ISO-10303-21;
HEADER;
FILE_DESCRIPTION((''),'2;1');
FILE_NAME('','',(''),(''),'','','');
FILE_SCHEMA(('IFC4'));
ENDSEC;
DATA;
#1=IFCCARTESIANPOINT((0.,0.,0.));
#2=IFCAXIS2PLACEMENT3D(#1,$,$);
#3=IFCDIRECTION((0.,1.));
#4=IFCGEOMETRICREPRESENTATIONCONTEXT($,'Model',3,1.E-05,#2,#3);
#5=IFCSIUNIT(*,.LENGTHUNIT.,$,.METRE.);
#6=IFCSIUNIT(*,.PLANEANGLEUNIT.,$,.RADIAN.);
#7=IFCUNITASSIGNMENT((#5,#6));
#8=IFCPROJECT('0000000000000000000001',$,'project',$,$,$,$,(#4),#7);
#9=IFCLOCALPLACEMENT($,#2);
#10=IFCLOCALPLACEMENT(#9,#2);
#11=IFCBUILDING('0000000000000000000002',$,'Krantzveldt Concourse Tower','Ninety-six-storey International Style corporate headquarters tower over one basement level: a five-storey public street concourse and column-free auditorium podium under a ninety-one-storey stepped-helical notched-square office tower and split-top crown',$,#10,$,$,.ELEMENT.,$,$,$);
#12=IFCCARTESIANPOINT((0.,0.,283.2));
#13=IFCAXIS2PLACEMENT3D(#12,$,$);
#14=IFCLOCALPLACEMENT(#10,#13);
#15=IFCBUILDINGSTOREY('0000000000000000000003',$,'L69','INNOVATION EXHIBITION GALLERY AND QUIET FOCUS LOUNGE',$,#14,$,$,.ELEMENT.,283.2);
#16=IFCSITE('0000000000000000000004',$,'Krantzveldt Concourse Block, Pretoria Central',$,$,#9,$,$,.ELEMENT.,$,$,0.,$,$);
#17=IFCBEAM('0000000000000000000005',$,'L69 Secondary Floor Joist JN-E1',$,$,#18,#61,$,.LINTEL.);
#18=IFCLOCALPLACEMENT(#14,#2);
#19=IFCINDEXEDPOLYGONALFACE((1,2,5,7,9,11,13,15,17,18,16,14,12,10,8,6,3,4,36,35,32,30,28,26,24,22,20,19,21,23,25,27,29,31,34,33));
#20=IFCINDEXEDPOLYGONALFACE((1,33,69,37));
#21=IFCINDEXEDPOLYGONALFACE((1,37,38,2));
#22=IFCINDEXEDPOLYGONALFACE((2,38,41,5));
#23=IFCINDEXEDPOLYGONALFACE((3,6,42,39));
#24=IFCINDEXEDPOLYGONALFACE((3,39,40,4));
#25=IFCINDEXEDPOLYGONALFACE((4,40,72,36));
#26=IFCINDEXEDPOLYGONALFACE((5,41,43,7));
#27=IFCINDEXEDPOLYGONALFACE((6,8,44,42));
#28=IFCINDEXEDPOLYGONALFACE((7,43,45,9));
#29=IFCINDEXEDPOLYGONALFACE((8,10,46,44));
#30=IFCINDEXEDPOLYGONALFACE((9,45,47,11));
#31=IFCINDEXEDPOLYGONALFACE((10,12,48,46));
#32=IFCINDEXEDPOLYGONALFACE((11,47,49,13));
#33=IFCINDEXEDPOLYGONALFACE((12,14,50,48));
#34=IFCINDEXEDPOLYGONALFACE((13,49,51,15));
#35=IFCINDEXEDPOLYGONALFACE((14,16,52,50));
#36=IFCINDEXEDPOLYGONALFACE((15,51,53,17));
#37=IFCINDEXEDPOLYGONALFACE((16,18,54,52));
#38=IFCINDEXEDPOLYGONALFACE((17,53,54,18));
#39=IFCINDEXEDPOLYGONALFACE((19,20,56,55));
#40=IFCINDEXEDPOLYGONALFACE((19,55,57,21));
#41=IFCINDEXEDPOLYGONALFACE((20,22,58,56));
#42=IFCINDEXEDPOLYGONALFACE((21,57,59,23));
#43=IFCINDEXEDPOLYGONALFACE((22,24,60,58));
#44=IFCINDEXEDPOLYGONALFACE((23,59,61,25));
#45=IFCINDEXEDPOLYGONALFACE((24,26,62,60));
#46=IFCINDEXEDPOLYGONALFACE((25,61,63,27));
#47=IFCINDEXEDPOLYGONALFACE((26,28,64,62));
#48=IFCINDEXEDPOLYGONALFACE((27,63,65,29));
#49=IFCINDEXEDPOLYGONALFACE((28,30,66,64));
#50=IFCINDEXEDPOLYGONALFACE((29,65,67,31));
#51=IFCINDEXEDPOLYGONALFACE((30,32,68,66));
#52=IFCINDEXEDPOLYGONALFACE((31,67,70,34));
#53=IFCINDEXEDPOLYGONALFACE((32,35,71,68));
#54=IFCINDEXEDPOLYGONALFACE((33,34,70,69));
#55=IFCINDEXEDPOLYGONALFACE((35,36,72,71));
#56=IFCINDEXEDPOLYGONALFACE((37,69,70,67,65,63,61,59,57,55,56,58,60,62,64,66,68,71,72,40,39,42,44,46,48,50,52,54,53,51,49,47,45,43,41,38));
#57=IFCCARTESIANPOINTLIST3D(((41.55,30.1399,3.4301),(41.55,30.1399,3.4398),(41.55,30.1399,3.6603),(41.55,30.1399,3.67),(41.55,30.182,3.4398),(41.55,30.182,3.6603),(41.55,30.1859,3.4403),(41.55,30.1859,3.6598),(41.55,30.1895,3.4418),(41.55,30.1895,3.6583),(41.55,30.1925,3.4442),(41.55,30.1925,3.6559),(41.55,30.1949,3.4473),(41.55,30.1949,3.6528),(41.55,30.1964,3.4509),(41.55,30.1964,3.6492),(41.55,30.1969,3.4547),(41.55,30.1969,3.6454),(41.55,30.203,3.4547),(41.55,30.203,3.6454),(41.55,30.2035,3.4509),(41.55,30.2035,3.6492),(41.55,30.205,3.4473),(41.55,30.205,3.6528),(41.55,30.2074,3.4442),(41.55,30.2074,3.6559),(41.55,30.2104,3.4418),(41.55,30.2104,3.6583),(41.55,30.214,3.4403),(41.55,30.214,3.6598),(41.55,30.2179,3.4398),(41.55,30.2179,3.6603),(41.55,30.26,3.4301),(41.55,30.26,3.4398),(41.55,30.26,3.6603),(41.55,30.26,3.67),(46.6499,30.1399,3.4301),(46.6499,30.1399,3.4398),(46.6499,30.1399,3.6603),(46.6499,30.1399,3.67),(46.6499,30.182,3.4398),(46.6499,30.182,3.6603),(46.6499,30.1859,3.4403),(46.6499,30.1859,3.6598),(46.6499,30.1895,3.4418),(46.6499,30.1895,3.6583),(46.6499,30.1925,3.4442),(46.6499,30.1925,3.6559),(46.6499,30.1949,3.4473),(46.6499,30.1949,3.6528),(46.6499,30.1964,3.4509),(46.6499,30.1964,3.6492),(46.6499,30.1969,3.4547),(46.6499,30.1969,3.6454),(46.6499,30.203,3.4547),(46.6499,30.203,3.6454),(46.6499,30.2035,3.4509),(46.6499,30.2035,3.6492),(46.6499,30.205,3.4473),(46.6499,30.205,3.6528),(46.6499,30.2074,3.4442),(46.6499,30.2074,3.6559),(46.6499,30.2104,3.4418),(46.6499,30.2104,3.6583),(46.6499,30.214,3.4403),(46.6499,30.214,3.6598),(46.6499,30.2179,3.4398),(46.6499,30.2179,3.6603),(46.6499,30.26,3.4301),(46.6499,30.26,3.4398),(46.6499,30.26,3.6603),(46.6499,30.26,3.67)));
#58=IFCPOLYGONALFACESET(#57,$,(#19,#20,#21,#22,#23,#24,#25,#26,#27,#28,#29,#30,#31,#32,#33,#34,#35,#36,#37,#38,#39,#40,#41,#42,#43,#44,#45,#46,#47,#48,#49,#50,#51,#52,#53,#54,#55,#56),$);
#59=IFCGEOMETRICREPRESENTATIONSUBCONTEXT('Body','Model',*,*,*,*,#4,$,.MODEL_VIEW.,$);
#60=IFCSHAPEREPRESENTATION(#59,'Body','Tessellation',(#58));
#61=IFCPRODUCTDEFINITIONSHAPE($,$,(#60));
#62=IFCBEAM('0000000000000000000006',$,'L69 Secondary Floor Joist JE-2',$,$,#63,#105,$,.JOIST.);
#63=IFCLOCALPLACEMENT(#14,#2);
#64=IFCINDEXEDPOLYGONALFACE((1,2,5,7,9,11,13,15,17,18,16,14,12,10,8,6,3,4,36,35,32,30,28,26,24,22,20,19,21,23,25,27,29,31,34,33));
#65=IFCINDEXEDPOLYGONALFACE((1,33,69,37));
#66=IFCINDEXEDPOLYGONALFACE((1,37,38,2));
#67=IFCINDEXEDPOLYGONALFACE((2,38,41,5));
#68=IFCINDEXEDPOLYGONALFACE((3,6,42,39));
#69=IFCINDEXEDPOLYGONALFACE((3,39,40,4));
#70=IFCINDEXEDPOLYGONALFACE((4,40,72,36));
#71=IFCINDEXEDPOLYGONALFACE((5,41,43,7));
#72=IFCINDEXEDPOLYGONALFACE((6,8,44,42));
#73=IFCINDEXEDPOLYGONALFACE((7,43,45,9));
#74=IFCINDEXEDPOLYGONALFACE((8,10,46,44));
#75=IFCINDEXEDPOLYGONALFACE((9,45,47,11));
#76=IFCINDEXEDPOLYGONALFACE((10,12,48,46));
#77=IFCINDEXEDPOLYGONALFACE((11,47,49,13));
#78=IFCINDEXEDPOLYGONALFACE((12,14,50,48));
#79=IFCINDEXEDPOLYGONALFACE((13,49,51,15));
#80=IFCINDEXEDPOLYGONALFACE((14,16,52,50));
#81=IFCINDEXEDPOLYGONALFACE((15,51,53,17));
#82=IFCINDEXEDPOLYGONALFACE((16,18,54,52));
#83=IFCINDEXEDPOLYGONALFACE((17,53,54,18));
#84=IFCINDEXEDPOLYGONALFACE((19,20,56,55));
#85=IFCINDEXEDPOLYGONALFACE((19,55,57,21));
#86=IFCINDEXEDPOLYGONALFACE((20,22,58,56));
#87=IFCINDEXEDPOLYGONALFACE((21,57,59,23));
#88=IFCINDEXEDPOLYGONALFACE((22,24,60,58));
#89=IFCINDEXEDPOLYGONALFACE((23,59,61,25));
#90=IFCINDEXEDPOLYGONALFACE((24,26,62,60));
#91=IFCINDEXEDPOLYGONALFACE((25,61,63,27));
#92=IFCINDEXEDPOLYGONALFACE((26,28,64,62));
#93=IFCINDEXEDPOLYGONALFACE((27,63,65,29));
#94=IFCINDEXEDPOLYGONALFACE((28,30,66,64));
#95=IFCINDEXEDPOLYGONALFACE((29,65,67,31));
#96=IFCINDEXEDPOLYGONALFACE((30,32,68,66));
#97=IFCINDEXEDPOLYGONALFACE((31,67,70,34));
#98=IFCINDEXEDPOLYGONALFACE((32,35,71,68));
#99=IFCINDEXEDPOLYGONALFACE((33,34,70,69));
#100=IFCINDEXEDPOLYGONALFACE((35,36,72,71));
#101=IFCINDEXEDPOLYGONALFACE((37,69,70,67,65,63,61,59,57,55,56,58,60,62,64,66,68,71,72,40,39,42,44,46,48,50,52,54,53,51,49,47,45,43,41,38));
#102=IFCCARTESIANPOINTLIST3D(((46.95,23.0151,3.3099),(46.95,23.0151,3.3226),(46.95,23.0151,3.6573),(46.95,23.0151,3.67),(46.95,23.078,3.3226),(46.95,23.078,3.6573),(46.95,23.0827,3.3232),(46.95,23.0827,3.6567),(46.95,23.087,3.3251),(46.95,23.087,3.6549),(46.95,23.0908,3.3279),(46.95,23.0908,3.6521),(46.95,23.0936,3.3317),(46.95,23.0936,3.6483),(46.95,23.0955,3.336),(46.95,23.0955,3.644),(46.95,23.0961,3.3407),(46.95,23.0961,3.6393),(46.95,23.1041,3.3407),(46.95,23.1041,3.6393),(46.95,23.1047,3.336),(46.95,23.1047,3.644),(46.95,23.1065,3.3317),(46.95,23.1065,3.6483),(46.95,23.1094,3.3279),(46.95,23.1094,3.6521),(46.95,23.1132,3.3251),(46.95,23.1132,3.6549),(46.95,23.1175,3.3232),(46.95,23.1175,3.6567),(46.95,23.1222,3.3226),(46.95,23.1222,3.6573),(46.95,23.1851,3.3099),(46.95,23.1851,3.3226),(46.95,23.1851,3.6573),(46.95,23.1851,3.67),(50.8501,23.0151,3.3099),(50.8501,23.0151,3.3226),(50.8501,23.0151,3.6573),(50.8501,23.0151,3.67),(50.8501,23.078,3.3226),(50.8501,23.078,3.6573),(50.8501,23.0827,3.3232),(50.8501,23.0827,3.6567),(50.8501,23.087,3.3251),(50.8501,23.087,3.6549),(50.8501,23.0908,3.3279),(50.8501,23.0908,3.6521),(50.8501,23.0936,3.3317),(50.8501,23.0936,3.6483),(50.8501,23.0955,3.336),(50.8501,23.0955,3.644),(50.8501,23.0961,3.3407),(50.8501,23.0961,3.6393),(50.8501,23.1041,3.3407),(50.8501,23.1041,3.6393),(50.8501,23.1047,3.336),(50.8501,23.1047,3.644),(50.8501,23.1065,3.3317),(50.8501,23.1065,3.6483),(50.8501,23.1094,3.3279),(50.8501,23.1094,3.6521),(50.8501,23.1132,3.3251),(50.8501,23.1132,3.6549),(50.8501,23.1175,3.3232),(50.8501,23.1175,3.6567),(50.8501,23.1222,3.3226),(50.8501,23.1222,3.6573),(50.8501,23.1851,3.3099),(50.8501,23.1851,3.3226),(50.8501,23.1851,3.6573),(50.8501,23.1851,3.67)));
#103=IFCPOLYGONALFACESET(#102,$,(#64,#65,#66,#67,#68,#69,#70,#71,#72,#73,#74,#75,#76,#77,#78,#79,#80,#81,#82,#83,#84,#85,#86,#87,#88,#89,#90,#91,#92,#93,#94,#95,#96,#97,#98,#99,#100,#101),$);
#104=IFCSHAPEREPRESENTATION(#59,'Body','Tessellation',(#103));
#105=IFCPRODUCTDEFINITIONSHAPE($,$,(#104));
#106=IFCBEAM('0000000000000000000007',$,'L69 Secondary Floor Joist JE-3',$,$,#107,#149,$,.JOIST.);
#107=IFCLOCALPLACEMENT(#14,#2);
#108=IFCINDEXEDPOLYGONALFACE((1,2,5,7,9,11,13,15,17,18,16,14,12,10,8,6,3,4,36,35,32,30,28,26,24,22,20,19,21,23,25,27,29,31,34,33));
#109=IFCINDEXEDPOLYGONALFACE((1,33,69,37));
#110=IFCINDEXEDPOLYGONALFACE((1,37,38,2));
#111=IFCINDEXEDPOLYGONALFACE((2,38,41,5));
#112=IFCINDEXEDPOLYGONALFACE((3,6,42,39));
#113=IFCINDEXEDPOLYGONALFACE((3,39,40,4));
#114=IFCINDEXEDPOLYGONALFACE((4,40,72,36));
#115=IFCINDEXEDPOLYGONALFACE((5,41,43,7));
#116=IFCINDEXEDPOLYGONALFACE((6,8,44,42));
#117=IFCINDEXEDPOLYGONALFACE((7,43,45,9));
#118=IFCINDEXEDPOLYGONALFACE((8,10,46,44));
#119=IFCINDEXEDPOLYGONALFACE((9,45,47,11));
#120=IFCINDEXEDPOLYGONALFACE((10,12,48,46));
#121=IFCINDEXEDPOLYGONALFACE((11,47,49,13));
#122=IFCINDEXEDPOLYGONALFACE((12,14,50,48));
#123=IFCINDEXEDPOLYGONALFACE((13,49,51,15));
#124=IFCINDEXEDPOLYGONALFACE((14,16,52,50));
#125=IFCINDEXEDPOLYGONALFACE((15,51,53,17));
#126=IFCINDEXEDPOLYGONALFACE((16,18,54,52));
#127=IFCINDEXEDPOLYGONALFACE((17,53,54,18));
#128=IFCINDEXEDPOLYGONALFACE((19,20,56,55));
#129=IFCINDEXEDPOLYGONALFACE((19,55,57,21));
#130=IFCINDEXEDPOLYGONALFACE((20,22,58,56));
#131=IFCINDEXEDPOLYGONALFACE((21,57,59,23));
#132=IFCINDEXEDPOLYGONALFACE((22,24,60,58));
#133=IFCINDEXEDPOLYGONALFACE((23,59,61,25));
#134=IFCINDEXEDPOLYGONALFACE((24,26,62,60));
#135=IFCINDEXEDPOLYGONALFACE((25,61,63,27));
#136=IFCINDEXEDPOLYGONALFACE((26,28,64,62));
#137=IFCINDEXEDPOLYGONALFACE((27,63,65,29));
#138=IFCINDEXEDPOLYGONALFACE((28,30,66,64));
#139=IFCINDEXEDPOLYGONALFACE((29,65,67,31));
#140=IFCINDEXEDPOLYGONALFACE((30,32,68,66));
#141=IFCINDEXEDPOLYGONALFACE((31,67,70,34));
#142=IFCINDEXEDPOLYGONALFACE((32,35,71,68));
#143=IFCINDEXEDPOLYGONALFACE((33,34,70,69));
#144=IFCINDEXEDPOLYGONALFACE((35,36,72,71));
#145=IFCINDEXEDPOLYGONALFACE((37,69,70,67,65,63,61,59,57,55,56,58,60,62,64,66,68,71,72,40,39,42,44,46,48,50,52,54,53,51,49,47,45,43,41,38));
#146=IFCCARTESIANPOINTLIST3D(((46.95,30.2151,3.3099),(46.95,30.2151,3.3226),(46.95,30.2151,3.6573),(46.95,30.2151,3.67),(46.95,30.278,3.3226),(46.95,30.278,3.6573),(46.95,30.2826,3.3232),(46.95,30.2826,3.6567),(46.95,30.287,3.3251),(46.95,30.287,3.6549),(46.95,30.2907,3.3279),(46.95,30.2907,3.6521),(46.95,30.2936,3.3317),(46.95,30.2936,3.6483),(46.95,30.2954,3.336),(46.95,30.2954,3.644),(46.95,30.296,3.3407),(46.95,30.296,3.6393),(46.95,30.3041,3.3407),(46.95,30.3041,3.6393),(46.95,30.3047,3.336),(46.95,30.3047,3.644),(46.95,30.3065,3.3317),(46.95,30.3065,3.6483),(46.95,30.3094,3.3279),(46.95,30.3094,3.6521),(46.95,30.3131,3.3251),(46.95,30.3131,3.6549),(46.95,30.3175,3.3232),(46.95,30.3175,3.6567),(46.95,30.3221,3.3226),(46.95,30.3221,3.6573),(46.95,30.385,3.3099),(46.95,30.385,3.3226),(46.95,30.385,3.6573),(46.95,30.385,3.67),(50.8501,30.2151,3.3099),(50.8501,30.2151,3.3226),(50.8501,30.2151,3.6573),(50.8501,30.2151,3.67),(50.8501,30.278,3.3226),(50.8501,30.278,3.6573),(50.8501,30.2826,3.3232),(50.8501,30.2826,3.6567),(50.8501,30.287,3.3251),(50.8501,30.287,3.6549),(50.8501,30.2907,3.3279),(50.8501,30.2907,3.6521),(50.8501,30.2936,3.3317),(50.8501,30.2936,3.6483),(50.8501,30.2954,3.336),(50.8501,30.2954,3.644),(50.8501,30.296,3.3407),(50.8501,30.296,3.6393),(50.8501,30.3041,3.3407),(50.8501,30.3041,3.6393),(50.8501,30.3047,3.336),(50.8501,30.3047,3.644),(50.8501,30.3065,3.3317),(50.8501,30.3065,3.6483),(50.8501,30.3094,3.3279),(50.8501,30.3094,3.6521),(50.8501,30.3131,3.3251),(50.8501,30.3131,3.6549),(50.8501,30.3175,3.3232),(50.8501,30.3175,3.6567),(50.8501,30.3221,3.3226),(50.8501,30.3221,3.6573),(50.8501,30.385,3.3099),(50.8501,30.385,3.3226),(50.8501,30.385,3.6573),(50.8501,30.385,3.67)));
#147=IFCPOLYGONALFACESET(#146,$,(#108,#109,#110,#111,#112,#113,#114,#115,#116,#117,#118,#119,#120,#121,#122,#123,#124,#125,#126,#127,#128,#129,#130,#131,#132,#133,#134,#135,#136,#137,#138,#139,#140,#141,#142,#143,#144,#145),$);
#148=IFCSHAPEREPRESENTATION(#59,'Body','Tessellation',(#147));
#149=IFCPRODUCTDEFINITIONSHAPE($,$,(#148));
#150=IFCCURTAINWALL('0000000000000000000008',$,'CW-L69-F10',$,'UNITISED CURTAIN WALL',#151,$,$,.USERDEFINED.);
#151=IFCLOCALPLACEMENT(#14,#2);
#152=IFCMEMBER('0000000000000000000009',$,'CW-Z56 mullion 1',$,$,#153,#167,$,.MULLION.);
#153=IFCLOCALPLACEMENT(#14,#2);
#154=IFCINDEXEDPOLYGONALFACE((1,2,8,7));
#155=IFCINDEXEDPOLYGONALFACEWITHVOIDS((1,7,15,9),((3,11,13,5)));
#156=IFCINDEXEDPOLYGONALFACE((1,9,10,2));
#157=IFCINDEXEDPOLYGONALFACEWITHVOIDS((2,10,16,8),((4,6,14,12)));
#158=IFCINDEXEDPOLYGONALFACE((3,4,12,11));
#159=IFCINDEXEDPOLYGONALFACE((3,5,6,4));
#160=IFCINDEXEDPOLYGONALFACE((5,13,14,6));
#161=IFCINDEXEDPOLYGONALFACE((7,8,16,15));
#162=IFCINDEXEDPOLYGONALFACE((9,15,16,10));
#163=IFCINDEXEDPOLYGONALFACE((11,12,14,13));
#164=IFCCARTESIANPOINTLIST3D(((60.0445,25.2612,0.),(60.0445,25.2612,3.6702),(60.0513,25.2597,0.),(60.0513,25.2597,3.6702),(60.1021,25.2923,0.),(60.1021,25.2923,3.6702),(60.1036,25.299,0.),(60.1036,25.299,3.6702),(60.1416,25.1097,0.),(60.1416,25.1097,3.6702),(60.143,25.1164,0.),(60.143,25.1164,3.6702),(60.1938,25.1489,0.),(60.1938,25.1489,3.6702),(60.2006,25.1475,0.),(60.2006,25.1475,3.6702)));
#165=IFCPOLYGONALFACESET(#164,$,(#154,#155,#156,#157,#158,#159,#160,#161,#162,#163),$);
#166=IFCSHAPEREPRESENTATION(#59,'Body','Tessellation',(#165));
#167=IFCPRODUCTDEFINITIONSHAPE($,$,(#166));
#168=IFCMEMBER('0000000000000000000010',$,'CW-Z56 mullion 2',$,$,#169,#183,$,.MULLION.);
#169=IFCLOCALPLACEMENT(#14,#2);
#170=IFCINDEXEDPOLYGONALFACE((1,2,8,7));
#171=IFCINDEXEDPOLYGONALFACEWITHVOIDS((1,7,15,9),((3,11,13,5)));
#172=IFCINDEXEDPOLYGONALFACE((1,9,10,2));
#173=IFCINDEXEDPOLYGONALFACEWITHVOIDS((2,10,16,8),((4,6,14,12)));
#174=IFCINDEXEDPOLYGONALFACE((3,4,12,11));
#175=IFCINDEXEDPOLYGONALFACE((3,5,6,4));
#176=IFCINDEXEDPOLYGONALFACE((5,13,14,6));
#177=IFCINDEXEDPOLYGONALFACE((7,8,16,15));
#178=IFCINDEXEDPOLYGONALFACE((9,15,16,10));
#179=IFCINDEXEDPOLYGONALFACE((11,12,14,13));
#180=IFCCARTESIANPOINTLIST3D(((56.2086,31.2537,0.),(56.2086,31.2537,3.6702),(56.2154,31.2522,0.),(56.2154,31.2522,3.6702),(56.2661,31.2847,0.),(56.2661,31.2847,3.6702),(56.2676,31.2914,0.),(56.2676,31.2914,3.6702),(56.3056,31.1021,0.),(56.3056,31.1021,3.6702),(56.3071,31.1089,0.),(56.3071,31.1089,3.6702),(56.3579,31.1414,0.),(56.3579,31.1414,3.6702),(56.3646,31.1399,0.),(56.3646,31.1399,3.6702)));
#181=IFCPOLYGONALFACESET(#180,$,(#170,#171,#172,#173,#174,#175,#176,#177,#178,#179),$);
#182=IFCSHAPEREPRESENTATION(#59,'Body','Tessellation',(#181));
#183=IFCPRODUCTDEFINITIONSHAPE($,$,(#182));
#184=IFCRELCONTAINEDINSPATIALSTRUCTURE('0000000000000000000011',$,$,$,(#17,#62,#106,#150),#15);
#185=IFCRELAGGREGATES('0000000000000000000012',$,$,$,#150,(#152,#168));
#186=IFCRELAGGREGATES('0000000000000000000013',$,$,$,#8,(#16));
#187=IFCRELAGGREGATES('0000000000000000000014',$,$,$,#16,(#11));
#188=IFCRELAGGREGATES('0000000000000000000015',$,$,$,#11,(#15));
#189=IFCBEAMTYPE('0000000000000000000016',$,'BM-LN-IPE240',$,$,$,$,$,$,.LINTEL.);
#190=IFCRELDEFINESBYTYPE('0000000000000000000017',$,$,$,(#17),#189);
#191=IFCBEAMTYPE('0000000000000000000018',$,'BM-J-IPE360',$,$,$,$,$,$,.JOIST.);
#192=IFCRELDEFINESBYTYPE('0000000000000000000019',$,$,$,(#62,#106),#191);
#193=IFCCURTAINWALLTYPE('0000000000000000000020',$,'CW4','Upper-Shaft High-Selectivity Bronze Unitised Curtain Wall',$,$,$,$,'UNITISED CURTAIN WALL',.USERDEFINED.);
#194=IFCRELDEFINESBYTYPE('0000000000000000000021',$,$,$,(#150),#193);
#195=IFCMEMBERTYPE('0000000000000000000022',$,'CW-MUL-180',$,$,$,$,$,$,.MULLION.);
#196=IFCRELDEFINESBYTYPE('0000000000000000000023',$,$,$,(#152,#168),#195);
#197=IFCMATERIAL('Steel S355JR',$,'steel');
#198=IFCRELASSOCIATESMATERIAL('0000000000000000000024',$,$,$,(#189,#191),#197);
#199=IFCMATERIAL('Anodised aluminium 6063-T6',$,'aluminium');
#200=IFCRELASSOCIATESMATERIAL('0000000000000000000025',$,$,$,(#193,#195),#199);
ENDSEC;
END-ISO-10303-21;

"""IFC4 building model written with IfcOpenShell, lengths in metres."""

from ifc_helpers import new_model, si_unit, direction, frame, origin, origin_2d, place, context, subcontext, project, spatial, hollow_rectangle, i_section, extrude, source, transform, mapped, material, material_profile, profile_set, type_object, type_shapes, element, aggregate, save


model = new_model("IFC4")

# Units and contexts
model_context = context("Model", 3, precision=1e-05, world=origin(), true_north=direction((0.0, 1.0)))
body_context = subcontext(model_context, "Body", "Model", "MODEL_VIEW")
ifc_project = project(units=[si_unit("LENGTHUNIT", "METRE"), si_unit("PLANEANGLEUNIT", "RADIAN")], contexts=[model_context])

# Site, building, storey
site_placement = place(None, origin())
site = spatial("IfcSite", under=ifc_project, at=site_placement, Name="Krantzveldt Concourse Block, Pretoria Central", CompositionType="ELEMENT", RefElevation=0.0)
building_placement = place(site_placement, origin())
building = spatial("IfcBuilding", under=site, at=building_placement, Name="Krantzveldt Concourse Tower", Description="Ninety-six-storey International Style corporate headquarters tower over one basement level: a five-storey public street concourse and column-free auditorium podium under a ninety-one-storey stepped-helical notched-square office tower and split-top crown", CompositionType="ELEMENT")
storey_placement = place(building_placement, frame((0.0, 0.0, 283.2)))
storey = spatial("IfcBuildingStorey", under=building, at=storey_placement, Name="L69", Description="INNOVATION EXHIBITION GALLERY AND QUIET FOCUS LOUNGE", CompositionType="ELEMENT", Elevation=283.2)

# Beams
ifc_material_1 = material(Name="Steel S355JR", Category="steel")
ifc_material_profile_1 = material_profile(ifc_material_1, i_section(OverallWidth=0.1201, OverallDepth=0.24, WebThickness=0.0061, FlangeThickness=0.0098, FilletRadius=0.0149, at=origin_2d()), Name="Steel S355JR", Category="steel")
ifc_profile_set_1 = profile_set([ifc_material_profile_1], Name="Steel S355JR - IPE 240")
beam_type_1 = type_object("IfcBeamType", Name="BM-LN-IPE240", PredefinedType="LINTEL", material=ifc_profile_set_1)
shared_shape_1 = source(origin(), body_context, "Body", "SweptSolid", [
    extrude(i_section(OverallWidth=0.1201, OverallDepth=0.24, WebThickness=0.0061, FlangeThickness=0.0098, FilletRadius=0.0149, at=origin_2d()), origin(), (0.0, 0.0, 1.0), 5.0999),
])
type_shapes(beam_type_1, [shared_shape_1])
beam_1_placement = place(storey_placement, frame((41.55, 30.2, 3.55), z_axis=(1.0, 0.0, 0.0), x_axis=(0.0, 1.0, 0.0)))
element("IfcBeam", 1, at=beam_1_placement, inside=storey, type_object=beam_type_1, Name="L69 Secondary Floor Joist JN-E1", PredefinedType="LINTEL", context=body_context, shape_type="MappedRepresentation", body=[
    mapped(shared_shape_1, transform((0.0, 0.0, 0.0), x_axis=(1.0, 0.0, 0.0), y_axis=(0.0, 1.0, 0.0), z_axis=(0.0, 0.0, 1.0), scale=1.0)),
])
ifc_material_profile_2 = material_profile(ifc_material_1, i_section(OverallWidth=0.1699, OverallDepth=0.3601, WebThickness=0.0081, FlangeThickness=0.0127, FilletRadius=0.0181, at=origin_2d()), Name="Steel S355JR", Category="steel")
ifc_profile_set_2 = profile_set([ifc_material_profile_2], Name="Steel S355JR - IPE 360")
beam_type_2 = type_object("IfcBeamType", Name="BM-J-IPE360", PredefinedType="JOIST", material=ifc_profile_set_2)
shared_shape_2 = source(origin(), body_context, "Body", "SweptSolid", [
    extrude(i_section(OverallWidth=0.1699, OverallDepth=0.3601, WebThickness=0.0081, FlangeThickness=0.0127, FilletRadius=0.0181, at=origin_2d()), origin(), (0.0, 0.0, 1.0), 3.9001),
])
type_shapes(beam_type_2, [shared_shape_2])
for number, where, z_axis, x_axis, name in (
    (2, (46.95, 23.1001, 3.49), (1.0, 0.0, 0.0), (0.0, 1.0, 0.0), "L69 Secondary Floor Joist JE-2"),
    (3, (46.95, 30.3, 3.49), (1.0, 0.0, 0.0), (0.0, 1.0, 0.0), "L69 Secondary Floor Joist JE-3"),
):
    element("IfcBeam", number, at=place(storey_placement, frame(where, z_axis=z_axis, x_axis=x_axis)), inside=storey, type_object=beam_type_2, Name=name, PredefinedType="JOIST", context=body_context, shape_type="MappedRepresentation", body=[
        mapped(shared_shape_2, transform((0.0, 0.0, 0.0), x_axis=(1.0, 0.0, 0.0), y_axis=(0.0, 1.0, 0.0), z_axis=(0.0, 0.0, 1.0), scale=1.0)),
    ])

# Curtain wall, members
ifc_material_2 = material(Name="Anodised aluminium 6063-T6", Category="aluminium")
curtain_wall_type = type_object("IfcCurtainWallType", Name="CW4", Description="Upper-Shaft High-Selectivity Bronze Unitised Curtain Wall", ElementType="UNITISED CURTAIN WALL", PredefinedType="USERDEFINED", material=ifc_material_2)
curtain_wall_placement = place(storey_placement, origin())
curtain_wall = element("IfcCurtainWall", 4, at=curtain_wall_placement, inside=storey, type_object=curtain_wall_type, Name="CW-L69-F10", ObjectType="UNITISED CURTAIN WALL", PredefinedType="USERDEFINED")
ifc_material_profile_3 = material_profile(ifc_material_2, hollow_rectangle(XDim=0.0701, YDim=0.1799, WallThickness=0.0049, at=origin_2d()), Name="Anodised aluminium 6063-T6", Category="aluminium")
ifc_profile_set_3 = profile_set([ifc_material_profile_3], Name="Anodised aluminium 6063-T6 - ALU-MULL 180x70x5")
member_type_1 = type_object("IfcMemberType", Name="CW-MUL-180", PredefinedType="MULLION", material=ifc_profile_set_3)
shared_shape_3 = source(origin(), body_context, "Body", "SweptSolid", [
    extrude(hollow_rectangle(XDim=0.0701, YDim=0.1799, WallThickness=0.0049, at=origin_2d()), origin(), (0.0, 0.0, 1.0), 3.6702),
])
type_shapes(member_type_1, [shared_shape_3])
member_1_placement = place(storey_placement, frame((60.1226, 25.2043, 0.0), z_axis=(0.0, 0.0, 1.0), x_axis=(-0.842217, -0.539138, 0.0)))
member_1 = element("IfcMember", 5, at=member_1_placement, type_object=member_type_1, Name="CW-Z56 mullion 1", PredefinedType="MULLION", context=body_context, shape_type="MappedRepresentation", body=[
    mapped(shared_shape_3, transform((0.0, 0.0, 0.0), x_axis=(1.0, 0.0, 0.0), y_axis=(0.0, 1.0, 0.0), z_axis=(0.0, 0.0, 1.0), scale=1.0)),
])
member_2_placement = place(storey_placement, frame((56.2866, 31.1968, 0.0), z_axis=(0.0, 0.0, 1.0), x_axis=(-0.842217, -0.539138, 0.0)))
member_2 = element("IfcMember", 6, at=member_2_placement, type_object=member_type_1, Name="CW-Z56 mullion 2", PredefinedType="MULLION", context=body_context, shape_type="MappedRepresentation", body=[
    mapped(shared_shape_3, transform((0.0, 0.0, 0.0), x_axis=(1.0, 0.0, 0.0), y_axis=(0.0, 1.0, 0.0), z_axis=(0.0, 0.0, 1.0), scale=1.0)),
])
aggregate(curtain_wall, [member_1, member_2])

save(model, "model.ifc")
